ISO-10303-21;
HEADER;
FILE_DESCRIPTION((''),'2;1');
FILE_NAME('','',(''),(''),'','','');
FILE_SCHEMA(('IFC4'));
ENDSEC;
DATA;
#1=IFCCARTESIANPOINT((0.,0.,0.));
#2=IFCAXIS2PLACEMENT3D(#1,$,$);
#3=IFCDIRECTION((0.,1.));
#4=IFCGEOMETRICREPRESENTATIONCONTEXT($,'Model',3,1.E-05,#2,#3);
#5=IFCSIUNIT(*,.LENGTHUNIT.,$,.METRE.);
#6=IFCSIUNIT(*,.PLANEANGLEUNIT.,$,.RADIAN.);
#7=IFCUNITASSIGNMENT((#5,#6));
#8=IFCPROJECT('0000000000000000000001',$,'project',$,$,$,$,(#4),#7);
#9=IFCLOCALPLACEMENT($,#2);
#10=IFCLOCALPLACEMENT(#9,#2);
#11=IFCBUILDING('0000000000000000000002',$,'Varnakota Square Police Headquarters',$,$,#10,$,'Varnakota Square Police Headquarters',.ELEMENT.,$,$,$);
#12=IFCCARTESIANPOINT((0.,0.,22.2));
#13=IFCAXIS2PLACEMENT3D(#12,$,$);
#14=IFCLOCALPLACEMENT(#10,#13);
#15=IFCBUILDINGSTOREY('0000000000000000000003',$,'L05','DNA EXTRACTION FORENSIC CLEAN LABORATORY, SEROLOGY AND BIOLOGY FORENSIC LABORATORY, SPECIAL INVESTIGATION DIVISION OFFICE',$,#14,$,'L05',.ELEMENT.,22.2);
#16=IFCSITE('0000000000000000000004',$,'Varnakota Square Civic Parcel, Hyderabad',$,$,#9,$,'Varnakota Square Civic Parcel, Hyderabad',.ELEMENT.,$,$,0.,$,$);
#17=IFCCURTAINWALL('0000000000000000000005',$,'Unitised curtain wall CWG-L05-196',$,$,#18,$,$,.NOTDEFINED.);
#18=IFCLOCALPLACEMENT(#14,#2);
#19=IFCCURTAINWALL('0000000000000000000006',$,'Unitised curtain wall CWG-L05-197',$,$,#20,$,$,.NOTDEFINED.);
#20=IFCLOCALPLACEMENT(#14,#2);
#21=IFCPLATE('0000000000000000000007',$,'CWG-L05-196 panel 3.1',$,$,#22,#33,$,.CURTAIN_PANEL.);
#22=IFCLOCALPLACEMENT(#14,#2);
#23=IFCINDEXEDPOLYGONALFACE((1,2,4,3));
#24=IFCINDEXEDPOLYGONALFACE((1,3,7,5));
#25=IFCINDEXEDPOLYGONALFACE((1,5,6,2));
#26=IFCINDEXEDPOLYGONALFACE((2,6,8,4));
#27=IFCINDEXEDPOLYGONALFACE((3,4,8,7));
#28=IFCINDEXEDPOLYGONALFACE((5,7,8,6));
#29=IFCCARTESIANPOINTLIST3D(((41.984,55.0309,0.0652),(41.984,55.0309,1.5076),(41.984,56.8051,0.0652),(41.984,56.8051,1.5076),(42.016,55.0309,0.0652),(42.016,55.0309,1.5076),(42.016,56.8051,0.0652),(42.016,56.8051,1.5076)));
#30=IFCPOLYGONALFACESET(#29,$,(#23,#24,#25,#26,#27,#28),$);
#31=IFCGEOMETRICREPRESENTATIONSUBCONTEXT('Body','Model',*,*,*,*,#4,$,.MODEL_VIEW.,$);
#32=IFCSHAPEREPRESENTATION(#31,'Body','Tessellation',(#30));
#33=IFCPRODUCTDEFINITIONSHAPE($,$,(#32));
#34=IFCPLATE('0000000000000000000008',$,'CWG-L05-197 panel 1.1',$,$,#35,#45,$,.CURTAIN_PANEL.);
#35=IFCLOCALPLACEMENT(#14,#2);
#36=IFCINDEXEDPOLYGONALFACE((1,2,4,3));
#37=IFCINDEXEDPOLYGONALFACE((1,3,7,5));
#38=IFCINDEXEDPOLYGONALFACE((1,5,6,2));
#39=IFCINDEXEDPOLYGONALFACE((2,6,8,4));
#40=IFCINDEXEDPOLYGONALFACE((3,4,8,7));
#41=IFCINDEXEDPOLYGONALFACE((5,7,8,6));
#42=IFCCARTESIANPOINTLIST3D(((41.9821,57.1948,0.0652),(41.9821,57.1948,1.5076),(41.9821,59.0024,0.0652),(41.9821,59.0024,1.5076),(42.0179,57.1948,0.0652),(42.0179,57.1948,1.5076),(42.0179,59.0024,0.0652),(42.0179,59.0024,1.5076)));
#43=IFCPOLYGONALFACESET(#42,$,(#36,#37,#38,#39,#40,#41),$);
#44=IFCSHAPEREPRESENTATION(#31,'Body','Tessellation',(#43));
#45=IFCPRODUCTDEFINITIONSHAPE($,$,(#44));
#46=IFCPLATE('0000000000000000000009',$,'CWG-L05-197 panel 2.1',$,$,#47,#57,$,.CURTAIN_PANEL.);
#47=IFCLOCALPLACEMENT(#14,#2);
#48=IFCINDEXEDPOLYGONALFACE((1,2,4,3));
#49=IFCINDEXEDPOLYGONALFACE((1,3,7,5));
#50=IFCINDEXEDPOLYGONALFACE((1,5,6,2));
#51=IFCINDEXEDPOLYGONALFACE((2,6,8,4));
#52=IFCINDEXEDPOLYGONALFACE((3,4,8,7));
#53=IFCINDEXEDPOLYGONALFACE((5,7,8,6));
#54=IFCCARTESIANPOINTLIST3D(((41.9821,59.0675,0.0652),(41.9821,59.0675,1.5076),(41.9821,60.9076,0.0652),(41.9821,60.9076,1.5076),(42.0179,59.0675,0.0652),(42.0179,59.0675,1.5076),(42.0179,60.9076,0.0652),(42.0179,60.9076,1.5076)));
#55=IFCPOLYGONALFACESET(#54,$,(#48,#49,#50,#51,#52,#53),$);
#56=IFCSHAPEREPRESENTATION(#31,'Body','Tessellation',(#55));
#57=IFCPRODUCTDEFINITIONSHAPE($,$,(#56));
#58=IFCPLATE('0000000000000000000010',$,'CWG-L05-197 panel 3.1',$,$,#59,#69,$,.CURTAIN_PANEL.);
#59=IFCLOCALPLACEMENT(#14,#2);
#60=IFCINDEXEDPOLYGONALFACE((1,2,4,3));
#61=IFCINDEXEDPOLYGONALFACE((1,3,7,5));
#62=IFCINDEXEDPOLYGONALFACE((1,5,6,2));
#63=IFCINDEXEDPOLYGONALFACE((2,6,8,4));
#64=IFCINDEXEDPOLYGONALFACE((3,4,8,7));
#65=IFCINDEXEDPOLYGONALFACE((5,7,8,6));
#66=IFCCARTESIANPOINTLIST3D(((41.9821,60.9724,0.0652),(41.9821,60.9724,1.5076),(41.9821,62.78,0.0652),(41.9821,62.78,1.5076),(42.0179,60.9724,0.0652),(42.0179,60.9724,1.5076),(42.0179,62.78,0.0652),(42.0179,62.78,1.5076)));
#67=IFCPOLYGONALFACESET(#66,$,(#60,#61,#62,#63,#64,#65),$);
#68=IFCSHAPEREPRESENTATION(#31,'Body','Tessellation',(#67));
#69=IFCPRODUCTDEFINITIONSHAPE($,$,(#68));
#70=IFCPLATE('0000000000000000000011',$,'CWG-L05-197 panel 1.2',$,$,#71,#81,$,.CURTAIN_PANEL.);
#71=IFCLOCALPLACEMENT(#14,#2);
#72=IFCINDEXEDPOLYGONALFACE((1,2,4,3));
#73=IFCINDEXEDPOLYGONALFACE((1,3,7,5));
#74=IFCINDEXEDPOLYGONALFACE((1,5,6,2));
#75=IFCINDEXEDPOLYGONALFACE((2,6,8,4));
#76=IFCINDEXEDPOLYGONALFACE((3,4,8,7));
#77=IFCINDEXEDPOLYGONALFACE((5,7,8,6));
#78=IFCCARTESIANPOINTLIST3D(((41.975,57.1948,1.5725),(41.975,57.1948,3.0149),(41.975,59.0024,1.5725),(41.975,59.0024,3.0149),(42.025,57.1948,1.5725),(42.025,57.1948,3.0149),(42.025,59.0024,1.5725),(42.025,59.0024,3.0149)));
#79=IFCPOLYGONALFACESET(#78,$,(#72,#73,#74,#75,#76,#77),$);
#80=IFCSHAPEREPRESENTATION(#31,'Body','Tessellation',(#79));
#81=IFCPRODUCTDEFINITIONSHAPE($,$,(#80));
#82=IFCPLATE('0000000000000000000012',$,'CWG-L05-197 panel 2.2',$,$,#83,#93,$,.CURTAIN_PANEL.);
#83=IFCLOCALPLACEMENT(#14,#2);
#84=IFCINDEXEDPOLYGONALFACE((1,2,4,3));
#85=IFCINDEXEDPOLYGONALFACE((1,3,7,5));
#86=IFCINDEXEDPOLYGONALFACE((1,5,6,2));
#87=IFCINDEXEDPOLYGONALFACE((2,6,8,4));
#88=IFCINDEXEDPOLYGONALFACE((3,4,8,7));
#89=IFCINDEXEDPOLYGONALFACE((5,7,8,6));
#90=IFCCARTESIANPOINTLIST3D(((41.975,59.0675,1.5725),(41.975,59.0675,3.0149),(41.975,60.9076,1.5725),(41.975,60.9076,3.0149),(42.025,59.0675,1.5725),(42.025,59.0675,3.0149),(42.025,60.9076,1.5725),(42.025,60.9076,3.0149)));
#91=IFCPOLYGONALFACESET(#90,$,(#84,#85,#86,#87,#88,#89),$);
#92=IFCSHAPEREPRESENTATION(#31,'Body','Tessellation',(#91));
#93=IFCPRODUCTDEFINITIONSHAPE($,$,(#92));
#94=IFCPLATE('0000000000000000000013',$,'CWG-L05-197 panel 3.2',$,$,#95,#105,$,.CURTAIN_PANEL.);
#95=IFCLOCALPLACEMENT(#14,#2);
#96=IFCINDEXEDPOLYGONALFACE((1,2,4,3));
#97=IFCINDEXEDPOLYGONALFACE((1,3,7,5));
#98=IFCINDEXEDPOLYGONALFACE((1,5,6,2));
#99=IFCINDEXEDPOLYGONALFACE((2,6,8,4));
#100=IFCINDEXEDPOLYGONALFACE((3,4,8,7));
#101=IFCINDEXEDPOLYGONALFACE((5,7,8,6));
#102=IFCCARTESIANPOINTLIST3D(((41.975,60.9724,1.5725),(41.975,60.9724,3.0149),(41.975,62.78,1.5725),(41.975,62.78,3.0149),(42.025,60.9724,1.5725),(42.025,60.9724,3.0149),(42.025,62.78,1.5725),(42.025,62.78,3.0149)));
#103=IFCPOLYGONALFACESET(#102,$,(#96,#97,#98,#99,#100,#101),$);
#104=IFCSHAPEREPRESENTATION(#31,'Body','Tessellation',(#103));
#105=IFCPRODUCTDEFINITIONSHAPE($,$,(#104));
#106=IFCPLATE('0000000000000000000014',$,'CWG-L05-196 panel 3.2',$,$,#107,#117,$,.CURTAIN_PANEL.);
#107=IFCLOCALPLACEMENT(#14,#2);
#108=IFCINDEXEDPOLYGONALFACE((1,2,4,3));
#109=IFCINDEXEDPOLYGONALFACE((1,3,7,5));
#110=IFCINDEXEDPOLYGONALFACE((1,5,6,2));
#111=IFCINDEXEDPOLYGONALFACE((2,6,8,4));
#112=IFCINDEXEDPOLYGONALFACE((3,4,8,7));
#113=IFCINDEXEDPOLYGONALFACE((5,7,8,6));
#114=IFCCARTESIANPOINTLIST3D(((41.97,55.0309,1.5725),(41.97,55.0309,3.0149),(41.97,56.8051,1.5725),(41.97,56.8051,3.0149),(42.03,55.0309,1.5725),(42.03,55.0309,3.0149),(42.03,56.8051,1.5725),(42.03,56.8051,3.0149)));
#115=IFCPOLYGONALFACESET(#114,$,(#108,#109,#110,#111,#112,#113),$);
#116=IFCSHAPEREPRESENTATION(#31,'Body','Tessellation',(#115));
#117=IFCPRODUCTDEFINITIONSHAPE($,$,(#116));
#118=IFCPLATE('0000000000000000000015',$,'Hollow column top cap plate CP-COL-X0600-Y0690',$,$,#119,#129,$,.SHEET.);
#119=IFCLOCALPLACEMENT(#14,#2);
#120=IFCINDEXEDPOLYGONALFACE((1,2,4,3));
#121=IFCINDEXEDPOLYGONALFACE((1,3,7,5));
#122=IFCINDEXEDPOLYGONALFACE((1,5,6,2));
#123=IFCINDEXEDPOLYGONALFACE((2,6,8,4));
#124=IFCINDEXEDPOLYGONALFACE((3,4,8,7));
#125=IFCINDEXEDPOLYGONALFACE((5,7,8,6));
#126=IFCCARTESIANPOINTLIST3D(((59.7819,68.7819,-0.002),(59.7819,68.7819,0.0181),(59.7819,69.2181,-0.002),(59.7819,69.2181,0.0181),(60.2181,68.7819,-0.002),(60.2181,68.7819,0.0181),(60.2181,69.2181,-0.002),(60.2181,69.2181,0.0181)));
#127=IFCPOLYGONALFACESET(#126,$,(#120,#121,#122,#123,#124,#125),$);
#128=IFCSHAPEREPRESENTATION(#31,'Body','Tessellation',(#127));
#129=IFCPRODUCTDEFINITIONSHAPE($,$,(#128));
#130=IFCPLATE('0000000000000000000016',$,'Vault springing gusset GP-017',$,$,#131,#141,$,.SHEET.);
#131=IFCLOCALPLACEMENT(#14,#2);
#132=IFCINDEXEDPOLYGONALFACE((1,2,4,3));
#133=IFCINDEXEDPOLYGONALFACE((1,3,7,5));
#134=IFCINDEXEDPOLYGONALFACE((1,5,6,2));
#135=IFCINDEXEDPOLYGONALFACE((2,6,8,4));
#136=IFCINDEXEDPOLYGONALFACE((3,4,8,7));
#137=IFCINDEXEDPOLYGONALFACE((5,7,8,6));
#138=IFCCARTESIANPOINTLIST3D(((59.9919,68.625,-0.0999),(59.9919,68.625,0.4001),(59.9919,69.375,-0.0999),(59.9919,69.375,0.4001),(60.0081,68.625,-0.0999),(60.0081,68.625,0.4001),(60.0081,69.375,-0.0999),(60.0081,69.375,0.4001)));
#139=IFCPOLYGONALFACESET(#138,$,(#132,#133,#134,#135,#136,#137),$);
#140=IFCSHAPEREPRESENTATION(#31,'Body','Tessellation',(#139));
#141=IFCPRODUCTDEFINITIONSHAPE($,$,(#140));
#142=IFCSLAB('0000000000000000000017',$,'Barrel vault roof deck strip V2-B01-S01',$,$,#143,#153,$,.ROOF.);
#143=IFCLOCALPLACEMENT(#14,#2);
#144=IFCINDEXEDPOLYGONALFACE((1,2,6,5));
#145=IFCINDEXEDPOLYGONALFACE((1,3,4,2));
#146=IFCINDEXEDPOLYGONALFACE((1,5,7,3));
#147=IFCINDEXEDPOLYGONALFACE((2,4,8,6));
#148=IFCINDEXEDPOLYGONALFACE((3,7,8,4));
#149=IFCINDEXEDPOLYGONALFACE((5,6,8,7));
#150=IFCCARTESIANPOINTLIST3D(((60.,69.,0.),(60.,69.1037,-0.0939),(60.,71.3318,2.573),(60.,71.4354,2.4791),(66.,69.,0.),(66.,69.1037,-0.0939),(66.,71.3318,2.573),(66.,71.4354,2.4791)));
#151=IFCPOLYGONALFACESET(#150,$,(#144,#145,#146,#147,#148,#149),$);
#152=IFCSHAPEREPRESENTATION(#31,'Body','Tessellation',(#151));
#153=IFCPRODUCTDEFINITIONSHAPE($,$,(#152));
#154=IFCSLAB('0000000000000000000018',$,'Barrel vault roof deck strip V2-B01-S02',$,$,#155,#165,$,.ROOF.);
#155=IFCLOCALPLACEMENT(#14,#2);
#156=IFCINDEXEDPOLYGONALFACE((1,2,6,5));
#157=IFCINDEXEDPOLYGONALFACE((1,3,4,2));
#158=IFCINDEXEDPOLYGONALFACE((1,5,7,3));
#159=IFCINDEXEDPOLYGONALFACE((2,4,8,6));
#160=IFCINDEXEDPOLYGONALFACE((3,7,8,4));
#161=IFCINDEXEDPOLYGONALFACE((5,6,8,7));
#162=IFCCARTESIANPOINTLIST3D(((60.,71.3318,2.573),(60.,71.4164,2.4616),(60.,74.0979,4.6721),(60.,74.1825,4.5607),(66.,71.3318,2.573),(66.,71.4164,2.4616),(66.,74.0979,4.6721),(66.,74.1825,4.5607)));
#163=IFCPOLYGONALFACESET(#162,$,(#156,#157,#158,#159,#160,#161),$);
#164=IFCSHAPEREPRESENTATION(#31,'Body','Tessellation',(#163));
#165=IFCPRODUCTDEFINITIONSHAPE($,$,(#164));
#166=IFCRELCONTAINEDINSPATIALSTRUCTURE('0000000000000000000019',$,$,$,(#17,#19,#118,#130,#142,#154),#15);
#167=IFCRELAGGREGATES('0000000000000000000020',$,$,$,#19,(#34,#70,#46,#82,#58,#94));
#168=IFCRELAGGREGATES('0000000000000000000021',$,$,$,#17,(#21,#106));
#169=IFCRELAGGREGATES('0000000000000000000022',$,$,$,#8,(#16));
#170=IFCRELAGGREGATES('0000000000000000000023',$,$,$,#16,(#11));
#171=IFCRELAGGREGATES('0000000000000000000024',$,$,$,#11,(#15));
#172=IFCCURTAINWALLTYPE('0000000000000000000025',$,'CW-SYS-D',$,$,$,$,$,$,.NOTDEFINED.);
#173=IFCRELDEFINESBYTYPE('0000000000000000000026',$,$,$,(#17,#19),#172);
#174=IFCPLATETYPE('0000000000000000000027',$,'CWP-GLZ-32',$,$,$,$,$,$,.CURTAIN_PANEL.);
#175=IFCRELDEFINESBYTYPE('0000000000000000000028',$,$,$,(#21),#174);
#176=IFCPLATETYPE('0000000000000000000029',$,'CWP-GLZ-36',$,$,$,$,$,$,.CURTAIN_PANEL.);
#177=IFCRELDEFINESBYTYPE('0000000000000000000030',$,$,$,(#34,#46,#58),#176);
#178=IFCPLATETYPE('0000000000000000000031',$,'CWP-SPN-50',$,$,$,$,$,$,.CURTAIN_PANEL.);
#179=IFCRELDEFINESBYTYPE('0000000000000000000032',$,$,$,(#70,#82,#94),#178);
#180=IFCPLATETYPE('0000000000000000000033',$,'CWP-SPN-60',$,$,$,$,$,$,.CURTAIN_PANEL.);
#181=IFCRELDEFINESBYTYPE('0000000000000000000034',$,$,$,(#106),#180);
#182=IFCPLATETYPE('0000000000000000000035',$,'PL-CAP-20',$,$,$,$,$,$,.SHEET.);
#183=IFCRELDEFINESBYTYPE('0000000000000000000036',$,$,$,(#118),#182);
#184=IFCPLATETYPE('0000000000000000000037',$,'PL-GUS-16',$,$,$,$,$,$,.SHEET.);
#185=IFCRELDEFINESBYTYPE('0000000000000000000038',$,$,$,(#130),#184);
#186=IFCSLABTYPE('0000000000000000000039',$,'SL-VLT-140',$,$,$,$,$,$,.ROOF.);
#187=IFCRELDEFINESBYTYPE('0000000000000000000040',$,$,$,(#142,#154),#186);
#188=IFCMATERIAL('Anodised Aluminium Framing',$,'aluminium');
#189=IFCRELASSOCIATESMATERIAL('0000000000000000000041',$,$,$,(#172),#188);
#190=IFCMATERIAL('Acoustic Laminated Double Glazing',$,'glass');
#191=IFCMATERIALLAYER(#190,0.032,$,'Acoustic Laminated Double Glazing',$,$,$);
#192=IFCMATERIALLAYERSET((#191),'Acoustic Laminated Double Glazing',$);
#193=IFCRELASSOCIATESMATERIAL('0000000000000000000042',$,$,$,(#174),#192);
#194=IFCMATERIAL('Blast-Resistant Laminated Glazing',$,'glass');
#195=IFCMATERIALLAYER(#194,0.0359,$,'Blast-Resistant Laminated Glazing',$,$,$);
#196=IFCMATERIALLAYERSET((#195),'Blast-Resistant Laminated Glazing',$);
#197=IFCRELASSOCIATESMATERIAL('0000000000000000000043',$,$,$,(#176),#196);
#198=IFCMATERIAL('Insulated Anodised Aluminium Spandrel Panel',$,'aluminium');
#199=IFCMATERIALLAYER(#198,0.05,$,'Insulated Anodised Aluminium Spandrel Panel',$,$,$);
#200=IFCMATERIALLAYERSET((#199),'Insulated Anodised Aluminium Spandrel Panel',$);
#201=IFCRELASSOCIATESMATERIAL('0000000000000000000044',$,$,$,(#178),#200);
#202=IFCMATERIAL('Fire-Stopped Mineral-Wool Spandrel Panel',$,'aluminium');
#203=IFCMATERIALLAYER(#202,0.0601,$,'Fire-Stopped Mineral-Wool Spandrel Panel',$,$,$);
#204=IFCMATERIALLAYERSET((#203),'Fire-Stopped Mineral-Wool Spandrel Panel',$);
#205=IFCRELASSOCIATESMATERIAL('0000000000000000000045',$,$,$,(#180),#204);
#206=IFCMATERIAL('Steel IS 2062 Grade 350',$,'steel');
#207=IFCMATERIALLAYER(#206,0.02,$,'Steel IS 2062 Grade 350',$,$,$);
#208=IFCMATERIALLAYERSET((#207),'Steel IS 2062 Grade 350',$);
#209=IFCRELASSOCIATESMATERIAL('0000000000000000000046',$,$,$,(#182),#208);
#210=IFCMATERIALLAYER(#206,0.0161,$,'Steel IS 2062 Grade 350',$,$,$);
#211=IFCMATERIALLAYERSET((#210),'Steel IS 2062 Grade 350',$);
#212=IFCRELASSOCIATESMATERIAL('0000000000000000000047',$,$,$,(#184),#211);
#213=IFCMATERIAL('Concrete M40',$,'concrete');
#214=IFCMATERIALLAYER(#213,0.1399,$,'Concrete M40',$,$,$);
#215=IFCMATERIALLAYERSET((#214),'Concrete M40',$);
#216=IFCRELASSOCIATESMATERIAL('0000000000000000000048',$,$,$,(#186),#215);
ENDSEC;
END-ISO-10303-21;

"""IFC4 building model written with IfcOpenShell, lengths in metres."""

from ifc_helpers import new_model, si_unit, direction, frame, origin, origin_2d, place, context, subcontext, project, spatial, polyline, rectangle, outline, extrude, material, layer, layer_set, type_object, element, aggregate, save


model = new_model("IFC4")

# Units and contexts
model_context = context("Model", 3, precision=1e-05, world=origin(), true_north=direction((0.0, 1.0)))
body_context = subcontext(model_context, "Body", "Model", "MODEL_VIEW")
ifc_project = project(units=[si_unit("LENGTHUNIT", "METRE"), si_unit("PLANEANGLEUNIT", "RADIAN")], contexts=[model_context])

# Site, building, storey
site_placement = place(None, origin())
site = spatial("IfcSite", under=ifc_project, at=site_placement, Name="Varnakota Square Civic Parcel, Hyderabad", LongName="Varnakota Square Civic Parcel, Hyderabad", CompositionType="ELEMENT", RefElevation=0.0)
building_placement = place(site_placement, origin())
building = spatial("IfcBuilding", under=site, at=building_placement, Name="Varnakota Square Police Headquarters", LongName="Varnakota Square Police Headquarters", CompositionType="ELEMENT")
storey_placement = place(building_placement, frame((0.0, 0.0, 22.2)))
storey = spatial("IfcBuildingStorey", under=building, at=storey_placement, Name="L05", Description="DNA EXTRACTION FORENSIC CLEAN LABORATORY, SEROLOGY AND BIOLOGY FORENSIC LABORATORY, SPECIAL INVESTIGATION DIVISION OFFICE", LongName="L05", CompositionType="ELEMENT", Elevation=22.2)

# Shared definitions
ifc_material_1 = material(Name="Steel IS 2062 Grade 350", Category="steel")

# Curtain wall
ifc_material_2 = material(Name="Anodised Aluminium Framing", Category="aluminium")
curtain_wall_type = type_object("IfcCurtainWallType", Name="CW-SYS-D", PredefinedType="NOTDEFINED", material=ifc_material_2)
curtain_wall_1_placement = place(storey_placement, origin())
curtain_wall_1 = element("IfcCurtainWall", 1, at=curtain_wall_1_placement, inside=storey, type_object=curtain_wall_type, Name="Unitised curtain wall CWG-L05-196", PredefinedType="NOTDEFINED")

# Curtain wall
curtain_wall_2_placement = place(storey_placement, origin())
curtain_wall_2 = element("IfcCurtainWall", 2, at=curtain_wall_2_placement, inside=storey, type_object=curtain_wall_type, Name="Unitised curtain wall CWG-L05-197", PredefinedType="NOTDEFINED")

# Plates
ifc_material_3 = material(Name="Acoustic Laminated Double Glazing", Category="glass")
ifc_layer_1 = layer(ifc_material_3, 0.032, Name="Acoustic Laminated Double Glazing")
ifc_layer_set_1 = layer_set([ifc_layer_1], Name="Acoustic Laminated Double Glazing")
plate_type_1 = type_object("IfcPlateType", Name="CWP-GLZ-32", PredefinedType="CURTAIN_PANEL", material=ifc_layer_set_1)
plate_1_placement = place(storey_placement, frame((42.0, 55.918, 0.0652), z_axis=(0.0, 0.0, 1.0), x_axis=(0.0, 1.0, 0.0)))
plate_1 = element("IfcPlate", 3, at=plate_1_placement, type_object=plate_type_1, Name="CWG-L05-196 panel 3.1", PredefinedType="CURTAIN_PANEL", context=body_context, shape_type="SweptSolid", body=[
    extrude(rectangle(XDim=1.7742, YDim=0.032, at=origin_2d()), origin(), (0.0, 0.0, 1.0), 1.4424),
])
ifc_material_4 = material(Name="Blast-Resistant Laminated Glazing", Category="glass")
ifc_layer_2 = layer(ifc_material_4, 0.0359, Name="Blast-Resistant Laminated Glazing")
ifc_layer_set_2 = layer_set([ifc_layer_2], Name="Blast-Resistant Laminated Glazing")
plate_type_2 = type_object("IfcPlateType", Name="CWP-GLZ-36", PredefinedType="CURTAIN_PANEL", material=ifc_layer_set_2)
plate_2_placement = place(storey_placement, frame((42.0, 58.0986, 0.0652), z_axis=(0.0, 0.0, 1.0), x_axis=(0.0, 1.0, 0.0)))
plate_2 = element("IfcPlate", 4, at=plate_2_placement, type_object=plate_type_2, Name="CWG-L05-197 panel 1.1", PredefinedType="CURTAIN_PANEL", context=body_context, shape_type="SweptSolid", body=[
    extrude(rectangle(XDim=1.8076, YDim=0.0359, at=origin_2d()), origin(), (0.0, 0.0, 1.0), 1.4424),
])
plate_3_placement = place(storey_placement, frame((42.0, 59.9875, 0.0652), z_axis=(0.0, 0.0, 1.0), x_axis=(0.0, 1.0, 0.0)))
plate_3 = element("IfcPlate", 5, at=plate_3_placement, type_object=plate_type_2, Name="CWG-L05-197 panel 2.1", PredefinedType="CURTAIN_PANEL", context=body_context, shape_type="SweptSolid", body=[
    extrude(rectangle(XDim=1.8401, YDim=0.0359, at=origin_2d()), origin(), (0.0, 0.0, 1.0), 1.4424),
])
plate_4_placement = place(storey_placement, frame((42.0, 61.8762, 0.0652), z_axis=(0.0, 0.0, 1.0), x_axis=(0.0, 1.0, 0.0)))
plate_4 = element("IfcPlate", 6, at=plate_4_placement, type_object=plate_type_2, Name="CWG-L05-197 panel 3.1", PredefinedType="CURTAIN_PANEL", context=body_context, shape_type="SweptSolid", body=[
    extrude(rectangle(XDim=1.8076, YDim=0.0359, at=origin_2d()), origin(), (0.0, 0.0, 1.0), 1.4424),
])
ifc_material_5 = material(Name="Insulated Anodised Aluminium Spandrel Panel", Category="aluminium")
ifc_layer_3 = layer(ifc_material_5, 0.05, Name="Insulated Anodised Aluminium Spandrel Panel")
ifc_layer_set_3 = layer_set([ifc_layer_3], Name="Insulated Anodised Aluminium Spandrel Panel")
plate_type_3 = type_object("IfcPlateType", Name="CWP-SPN-50", PredefinedType="CURTAIN_PANEL", material=ifc_layer_set_3)
plate_5_placement = place(storey_placement, frame((42.0, 58.0986, 1.5725), z_axis=(0.0, 0.0, 1.0), x_axis=(0.0, 1.0, 0.0)))
plate_5 = element("IfcPlate", 7, at=plate_5_placement, type_object=plate_type_3, Name="CWG-L05-197 panel 1.2", PredefinedType="CURTAIN_PANEL", context=body_context, shape_type="SweptSolid", body=[
    extrude(rectangle(XDim=1.8076, YDim=0.05, at=origin_2d()), origin(), (0.0, 0.0, 1.0), 1.4424),
])
plate_6_placement = place(storey_placement, frame((42.0, 59.9875, 1.5725), z_axis=(0.0, 0.0, 1.0), x_axis=(0.0, 1.0, 0.0)))
plate_6 = element("IfcPlate", 8, at=plate_6_placement, type_object=plate_type_3, Name="CWG-L05-197 panel 2.2", PredefinedType="CURTAIN_PANEL", context=body_context, shape_type="SweptSolid", body=[
    extrude(rectangle(XDim=1.8401, YDim=0.05, at=origin_2d()), origin(), (0.0, 0.0, 1.0), 1.4424),
])
plate_7_placement = place(storey_placement, frame((42.0, 61.8762, 1.5725), z_axis=(0.0, 0.0, 1.0), x_axis=(0.0, 1.0, 0.0)))
plate_7 = element("IfcPlate", 9, at=plate_7_placement, type_object=plate_type_3, Name="CWG-L05-197 panel 3.2", PredefinedType="CURTAIN_PANEL", context=body_context, shape_type="SweptSolid", body=[
    extrude(rectangle(XDim=1.8076, YDim=0.05, at=origin_2d()), origin(), (0.0, 0.0, 1.0), 1.4424),
])
aggregate(curtain_wall_2, [plate_2, plate_5, plate_3, plate_6, plate_4, plate_7])
ifc_material_6 = material(Name="Fire-Stopped Mineral-Wool Spandrel Panel", Category="aluminium")
ifc_layer_4 = layer(ifc_material_6, 0.0601, Name="Fire-Stopped Mineral-Wool Spandrel Panel")
ifc_layer_set_4 = layer_set([ifc_layer_4], Name="Fire-Stopped Mineral-Wool Spandrel Panel")
plate_type_4 = type_object("IfcPlateType", Name="CWP-SPN-60", PredefinedType="CURTAIN_PANEL", material=ifc_layer_set_4)
plate_8_placement = place(storey_placement, frame((42.0, 55.918, 1.5725), z_axis=(0.0, 0.0, 1.0), x_axis=(0.0, 1.0, 0.0)))
plate_8 = element("IfcPlate", 10, at=plate_8_placement, type_object=plate_type_4, Name="CWG-L05-196 panel 3.2", PredefinedType="CURTAIN_PANEL", context=body_context, shape_type="SweptSolid", body=[
    extrude(rectangle(XDim=1.7742, YDim=0.0601, at=origin_2d()), origin(), (0.0, 0.0, 1.0), 1.4424),
])
aggregate(curtain_wall_1, [plate_1, plate_8])

# Plates
ifc_layer_5 = layer(ifc_material_1, 0.02, Name="Steel IS 2062 Grade 350")
ifc_layer_set_5 = layer_set([ifc_layer_5], Name="Steel IS 2062 Grade 350")
plate_type_5 = type_object("IfcPlateType", Name="PL-CAP-20", PredefinedType="SHEET", material=ifc_layer_set_5)
plate_9_placement = place(storey_placement, frame((60.0, 69.0, -0.002), z_axis=(0.0, 0.0, 1.0), x_axis=(1.0, 0.0, 0.0)))
element("IfcPlate", 11, at=plate_9_placement, inside=storey, type_object=plate_type_5, Name="Hollow column top cap plate CP-COL-X0600-Y0690", PredefinedType="SHEET", context=body_context, shape_type="SweptSolid", body=[
    extrude(rectangle(XDim=0.4363, YDim=0.4363, at=origin_2d()), origin(), (0.0, 0.0, 1.0), 0.02),
])
ifc_layer_6 = layer(ifc_material_1, 0.0161, Name="Steel IS 2062 Grade 350")
ifc_layer_set_6 = layer_set([ifc_layer_6], Name="Steel IS 2062 Grade 350")
plate_type_6 = type_object("IfcPlateType", Name="PL-GUS-16", PredefinedType="SHEET", material=ifc_layer_set_6)
plate_10_placement = place(storey_placement, frame((60.0, 69.0, -0.0999), z_axis=(0.0, 0.0, 1.0), x_axis=(1.0, 0.0, 0.0)))
element("IfcPlate", 12, at=plate_10_placement, inside=storey, type_object=plate_type_6, Name="Vault springing gusset GP-017", PredefinedType="SHEET", context=body_context, shape_type="SweptSolid", body=[
    extrude(rectangle(XDim=0.0161, YDim=0.75, at=origin_2d()), origin(), (0.0, 0.0, 1.0), 0.5),
])

# Slabs
ifc_material_7 = material(Name="Concrete M40", Category="concrete")
ifc_layer_7 = layer(ifc_material_7, 0.1399, Name="Concrete M40")
ifc_layer_set_7 = layer_set([ifc_layer_7], Name="Concrete M40")
slab_type = type_object("IfcSlabType", Name="SL-VLT-140", PredefinedType="ROOF", material=ifc_layer_set_7)
slab_1_placement = place(storey_placement, frame((60.0, 69.0, 0.0), z_axis=(0.0, -0.740986, 0.671521), x_axis=(1.0, 0.0, 0.0)))
element("IfcSlab", 13, at=slab_1_placement, inside=storey, type_object=slab_type, Name="Barrel vault roof deck strip V2-B01-S01", PredefinedType="ROOF", context=body_context, shape_type="SweptSolid", body=[
    extrude(outline(polyline([(0.0, 0.0), (6.0, 0.0), (6.0, 3.4724), (0.0, 3.4724), (0.0, 0.0)])), origin(), (0.0, 0.0, -1.0), 0.1399),
])
slab_2_placement = place(storey_placement, frame((60.0, 71.3318, 2.573), z_axis=(0.0, -0.604513, 0.796596), x_axis=(1.0, 0.0, 0.0)))
element("IfcSlab", 14, at=slab_2_placement, inside=storey, type_object=slab_type, Name="Barrel vault roof deck strip V2-B01-S02", PredefinedType="ROOF", context=body_context, shape_type="SweptSolid", body=[
    extrude(outline(polyline([(0.0, 0.0), (6.0, 0.0), (6.0, 3.4724), (0.0, 3.4724), (0.0, 0.0)])), origin(), (0.0, 0.0, -1.0), 0.1399),
])

save(model, "model.ifc")
